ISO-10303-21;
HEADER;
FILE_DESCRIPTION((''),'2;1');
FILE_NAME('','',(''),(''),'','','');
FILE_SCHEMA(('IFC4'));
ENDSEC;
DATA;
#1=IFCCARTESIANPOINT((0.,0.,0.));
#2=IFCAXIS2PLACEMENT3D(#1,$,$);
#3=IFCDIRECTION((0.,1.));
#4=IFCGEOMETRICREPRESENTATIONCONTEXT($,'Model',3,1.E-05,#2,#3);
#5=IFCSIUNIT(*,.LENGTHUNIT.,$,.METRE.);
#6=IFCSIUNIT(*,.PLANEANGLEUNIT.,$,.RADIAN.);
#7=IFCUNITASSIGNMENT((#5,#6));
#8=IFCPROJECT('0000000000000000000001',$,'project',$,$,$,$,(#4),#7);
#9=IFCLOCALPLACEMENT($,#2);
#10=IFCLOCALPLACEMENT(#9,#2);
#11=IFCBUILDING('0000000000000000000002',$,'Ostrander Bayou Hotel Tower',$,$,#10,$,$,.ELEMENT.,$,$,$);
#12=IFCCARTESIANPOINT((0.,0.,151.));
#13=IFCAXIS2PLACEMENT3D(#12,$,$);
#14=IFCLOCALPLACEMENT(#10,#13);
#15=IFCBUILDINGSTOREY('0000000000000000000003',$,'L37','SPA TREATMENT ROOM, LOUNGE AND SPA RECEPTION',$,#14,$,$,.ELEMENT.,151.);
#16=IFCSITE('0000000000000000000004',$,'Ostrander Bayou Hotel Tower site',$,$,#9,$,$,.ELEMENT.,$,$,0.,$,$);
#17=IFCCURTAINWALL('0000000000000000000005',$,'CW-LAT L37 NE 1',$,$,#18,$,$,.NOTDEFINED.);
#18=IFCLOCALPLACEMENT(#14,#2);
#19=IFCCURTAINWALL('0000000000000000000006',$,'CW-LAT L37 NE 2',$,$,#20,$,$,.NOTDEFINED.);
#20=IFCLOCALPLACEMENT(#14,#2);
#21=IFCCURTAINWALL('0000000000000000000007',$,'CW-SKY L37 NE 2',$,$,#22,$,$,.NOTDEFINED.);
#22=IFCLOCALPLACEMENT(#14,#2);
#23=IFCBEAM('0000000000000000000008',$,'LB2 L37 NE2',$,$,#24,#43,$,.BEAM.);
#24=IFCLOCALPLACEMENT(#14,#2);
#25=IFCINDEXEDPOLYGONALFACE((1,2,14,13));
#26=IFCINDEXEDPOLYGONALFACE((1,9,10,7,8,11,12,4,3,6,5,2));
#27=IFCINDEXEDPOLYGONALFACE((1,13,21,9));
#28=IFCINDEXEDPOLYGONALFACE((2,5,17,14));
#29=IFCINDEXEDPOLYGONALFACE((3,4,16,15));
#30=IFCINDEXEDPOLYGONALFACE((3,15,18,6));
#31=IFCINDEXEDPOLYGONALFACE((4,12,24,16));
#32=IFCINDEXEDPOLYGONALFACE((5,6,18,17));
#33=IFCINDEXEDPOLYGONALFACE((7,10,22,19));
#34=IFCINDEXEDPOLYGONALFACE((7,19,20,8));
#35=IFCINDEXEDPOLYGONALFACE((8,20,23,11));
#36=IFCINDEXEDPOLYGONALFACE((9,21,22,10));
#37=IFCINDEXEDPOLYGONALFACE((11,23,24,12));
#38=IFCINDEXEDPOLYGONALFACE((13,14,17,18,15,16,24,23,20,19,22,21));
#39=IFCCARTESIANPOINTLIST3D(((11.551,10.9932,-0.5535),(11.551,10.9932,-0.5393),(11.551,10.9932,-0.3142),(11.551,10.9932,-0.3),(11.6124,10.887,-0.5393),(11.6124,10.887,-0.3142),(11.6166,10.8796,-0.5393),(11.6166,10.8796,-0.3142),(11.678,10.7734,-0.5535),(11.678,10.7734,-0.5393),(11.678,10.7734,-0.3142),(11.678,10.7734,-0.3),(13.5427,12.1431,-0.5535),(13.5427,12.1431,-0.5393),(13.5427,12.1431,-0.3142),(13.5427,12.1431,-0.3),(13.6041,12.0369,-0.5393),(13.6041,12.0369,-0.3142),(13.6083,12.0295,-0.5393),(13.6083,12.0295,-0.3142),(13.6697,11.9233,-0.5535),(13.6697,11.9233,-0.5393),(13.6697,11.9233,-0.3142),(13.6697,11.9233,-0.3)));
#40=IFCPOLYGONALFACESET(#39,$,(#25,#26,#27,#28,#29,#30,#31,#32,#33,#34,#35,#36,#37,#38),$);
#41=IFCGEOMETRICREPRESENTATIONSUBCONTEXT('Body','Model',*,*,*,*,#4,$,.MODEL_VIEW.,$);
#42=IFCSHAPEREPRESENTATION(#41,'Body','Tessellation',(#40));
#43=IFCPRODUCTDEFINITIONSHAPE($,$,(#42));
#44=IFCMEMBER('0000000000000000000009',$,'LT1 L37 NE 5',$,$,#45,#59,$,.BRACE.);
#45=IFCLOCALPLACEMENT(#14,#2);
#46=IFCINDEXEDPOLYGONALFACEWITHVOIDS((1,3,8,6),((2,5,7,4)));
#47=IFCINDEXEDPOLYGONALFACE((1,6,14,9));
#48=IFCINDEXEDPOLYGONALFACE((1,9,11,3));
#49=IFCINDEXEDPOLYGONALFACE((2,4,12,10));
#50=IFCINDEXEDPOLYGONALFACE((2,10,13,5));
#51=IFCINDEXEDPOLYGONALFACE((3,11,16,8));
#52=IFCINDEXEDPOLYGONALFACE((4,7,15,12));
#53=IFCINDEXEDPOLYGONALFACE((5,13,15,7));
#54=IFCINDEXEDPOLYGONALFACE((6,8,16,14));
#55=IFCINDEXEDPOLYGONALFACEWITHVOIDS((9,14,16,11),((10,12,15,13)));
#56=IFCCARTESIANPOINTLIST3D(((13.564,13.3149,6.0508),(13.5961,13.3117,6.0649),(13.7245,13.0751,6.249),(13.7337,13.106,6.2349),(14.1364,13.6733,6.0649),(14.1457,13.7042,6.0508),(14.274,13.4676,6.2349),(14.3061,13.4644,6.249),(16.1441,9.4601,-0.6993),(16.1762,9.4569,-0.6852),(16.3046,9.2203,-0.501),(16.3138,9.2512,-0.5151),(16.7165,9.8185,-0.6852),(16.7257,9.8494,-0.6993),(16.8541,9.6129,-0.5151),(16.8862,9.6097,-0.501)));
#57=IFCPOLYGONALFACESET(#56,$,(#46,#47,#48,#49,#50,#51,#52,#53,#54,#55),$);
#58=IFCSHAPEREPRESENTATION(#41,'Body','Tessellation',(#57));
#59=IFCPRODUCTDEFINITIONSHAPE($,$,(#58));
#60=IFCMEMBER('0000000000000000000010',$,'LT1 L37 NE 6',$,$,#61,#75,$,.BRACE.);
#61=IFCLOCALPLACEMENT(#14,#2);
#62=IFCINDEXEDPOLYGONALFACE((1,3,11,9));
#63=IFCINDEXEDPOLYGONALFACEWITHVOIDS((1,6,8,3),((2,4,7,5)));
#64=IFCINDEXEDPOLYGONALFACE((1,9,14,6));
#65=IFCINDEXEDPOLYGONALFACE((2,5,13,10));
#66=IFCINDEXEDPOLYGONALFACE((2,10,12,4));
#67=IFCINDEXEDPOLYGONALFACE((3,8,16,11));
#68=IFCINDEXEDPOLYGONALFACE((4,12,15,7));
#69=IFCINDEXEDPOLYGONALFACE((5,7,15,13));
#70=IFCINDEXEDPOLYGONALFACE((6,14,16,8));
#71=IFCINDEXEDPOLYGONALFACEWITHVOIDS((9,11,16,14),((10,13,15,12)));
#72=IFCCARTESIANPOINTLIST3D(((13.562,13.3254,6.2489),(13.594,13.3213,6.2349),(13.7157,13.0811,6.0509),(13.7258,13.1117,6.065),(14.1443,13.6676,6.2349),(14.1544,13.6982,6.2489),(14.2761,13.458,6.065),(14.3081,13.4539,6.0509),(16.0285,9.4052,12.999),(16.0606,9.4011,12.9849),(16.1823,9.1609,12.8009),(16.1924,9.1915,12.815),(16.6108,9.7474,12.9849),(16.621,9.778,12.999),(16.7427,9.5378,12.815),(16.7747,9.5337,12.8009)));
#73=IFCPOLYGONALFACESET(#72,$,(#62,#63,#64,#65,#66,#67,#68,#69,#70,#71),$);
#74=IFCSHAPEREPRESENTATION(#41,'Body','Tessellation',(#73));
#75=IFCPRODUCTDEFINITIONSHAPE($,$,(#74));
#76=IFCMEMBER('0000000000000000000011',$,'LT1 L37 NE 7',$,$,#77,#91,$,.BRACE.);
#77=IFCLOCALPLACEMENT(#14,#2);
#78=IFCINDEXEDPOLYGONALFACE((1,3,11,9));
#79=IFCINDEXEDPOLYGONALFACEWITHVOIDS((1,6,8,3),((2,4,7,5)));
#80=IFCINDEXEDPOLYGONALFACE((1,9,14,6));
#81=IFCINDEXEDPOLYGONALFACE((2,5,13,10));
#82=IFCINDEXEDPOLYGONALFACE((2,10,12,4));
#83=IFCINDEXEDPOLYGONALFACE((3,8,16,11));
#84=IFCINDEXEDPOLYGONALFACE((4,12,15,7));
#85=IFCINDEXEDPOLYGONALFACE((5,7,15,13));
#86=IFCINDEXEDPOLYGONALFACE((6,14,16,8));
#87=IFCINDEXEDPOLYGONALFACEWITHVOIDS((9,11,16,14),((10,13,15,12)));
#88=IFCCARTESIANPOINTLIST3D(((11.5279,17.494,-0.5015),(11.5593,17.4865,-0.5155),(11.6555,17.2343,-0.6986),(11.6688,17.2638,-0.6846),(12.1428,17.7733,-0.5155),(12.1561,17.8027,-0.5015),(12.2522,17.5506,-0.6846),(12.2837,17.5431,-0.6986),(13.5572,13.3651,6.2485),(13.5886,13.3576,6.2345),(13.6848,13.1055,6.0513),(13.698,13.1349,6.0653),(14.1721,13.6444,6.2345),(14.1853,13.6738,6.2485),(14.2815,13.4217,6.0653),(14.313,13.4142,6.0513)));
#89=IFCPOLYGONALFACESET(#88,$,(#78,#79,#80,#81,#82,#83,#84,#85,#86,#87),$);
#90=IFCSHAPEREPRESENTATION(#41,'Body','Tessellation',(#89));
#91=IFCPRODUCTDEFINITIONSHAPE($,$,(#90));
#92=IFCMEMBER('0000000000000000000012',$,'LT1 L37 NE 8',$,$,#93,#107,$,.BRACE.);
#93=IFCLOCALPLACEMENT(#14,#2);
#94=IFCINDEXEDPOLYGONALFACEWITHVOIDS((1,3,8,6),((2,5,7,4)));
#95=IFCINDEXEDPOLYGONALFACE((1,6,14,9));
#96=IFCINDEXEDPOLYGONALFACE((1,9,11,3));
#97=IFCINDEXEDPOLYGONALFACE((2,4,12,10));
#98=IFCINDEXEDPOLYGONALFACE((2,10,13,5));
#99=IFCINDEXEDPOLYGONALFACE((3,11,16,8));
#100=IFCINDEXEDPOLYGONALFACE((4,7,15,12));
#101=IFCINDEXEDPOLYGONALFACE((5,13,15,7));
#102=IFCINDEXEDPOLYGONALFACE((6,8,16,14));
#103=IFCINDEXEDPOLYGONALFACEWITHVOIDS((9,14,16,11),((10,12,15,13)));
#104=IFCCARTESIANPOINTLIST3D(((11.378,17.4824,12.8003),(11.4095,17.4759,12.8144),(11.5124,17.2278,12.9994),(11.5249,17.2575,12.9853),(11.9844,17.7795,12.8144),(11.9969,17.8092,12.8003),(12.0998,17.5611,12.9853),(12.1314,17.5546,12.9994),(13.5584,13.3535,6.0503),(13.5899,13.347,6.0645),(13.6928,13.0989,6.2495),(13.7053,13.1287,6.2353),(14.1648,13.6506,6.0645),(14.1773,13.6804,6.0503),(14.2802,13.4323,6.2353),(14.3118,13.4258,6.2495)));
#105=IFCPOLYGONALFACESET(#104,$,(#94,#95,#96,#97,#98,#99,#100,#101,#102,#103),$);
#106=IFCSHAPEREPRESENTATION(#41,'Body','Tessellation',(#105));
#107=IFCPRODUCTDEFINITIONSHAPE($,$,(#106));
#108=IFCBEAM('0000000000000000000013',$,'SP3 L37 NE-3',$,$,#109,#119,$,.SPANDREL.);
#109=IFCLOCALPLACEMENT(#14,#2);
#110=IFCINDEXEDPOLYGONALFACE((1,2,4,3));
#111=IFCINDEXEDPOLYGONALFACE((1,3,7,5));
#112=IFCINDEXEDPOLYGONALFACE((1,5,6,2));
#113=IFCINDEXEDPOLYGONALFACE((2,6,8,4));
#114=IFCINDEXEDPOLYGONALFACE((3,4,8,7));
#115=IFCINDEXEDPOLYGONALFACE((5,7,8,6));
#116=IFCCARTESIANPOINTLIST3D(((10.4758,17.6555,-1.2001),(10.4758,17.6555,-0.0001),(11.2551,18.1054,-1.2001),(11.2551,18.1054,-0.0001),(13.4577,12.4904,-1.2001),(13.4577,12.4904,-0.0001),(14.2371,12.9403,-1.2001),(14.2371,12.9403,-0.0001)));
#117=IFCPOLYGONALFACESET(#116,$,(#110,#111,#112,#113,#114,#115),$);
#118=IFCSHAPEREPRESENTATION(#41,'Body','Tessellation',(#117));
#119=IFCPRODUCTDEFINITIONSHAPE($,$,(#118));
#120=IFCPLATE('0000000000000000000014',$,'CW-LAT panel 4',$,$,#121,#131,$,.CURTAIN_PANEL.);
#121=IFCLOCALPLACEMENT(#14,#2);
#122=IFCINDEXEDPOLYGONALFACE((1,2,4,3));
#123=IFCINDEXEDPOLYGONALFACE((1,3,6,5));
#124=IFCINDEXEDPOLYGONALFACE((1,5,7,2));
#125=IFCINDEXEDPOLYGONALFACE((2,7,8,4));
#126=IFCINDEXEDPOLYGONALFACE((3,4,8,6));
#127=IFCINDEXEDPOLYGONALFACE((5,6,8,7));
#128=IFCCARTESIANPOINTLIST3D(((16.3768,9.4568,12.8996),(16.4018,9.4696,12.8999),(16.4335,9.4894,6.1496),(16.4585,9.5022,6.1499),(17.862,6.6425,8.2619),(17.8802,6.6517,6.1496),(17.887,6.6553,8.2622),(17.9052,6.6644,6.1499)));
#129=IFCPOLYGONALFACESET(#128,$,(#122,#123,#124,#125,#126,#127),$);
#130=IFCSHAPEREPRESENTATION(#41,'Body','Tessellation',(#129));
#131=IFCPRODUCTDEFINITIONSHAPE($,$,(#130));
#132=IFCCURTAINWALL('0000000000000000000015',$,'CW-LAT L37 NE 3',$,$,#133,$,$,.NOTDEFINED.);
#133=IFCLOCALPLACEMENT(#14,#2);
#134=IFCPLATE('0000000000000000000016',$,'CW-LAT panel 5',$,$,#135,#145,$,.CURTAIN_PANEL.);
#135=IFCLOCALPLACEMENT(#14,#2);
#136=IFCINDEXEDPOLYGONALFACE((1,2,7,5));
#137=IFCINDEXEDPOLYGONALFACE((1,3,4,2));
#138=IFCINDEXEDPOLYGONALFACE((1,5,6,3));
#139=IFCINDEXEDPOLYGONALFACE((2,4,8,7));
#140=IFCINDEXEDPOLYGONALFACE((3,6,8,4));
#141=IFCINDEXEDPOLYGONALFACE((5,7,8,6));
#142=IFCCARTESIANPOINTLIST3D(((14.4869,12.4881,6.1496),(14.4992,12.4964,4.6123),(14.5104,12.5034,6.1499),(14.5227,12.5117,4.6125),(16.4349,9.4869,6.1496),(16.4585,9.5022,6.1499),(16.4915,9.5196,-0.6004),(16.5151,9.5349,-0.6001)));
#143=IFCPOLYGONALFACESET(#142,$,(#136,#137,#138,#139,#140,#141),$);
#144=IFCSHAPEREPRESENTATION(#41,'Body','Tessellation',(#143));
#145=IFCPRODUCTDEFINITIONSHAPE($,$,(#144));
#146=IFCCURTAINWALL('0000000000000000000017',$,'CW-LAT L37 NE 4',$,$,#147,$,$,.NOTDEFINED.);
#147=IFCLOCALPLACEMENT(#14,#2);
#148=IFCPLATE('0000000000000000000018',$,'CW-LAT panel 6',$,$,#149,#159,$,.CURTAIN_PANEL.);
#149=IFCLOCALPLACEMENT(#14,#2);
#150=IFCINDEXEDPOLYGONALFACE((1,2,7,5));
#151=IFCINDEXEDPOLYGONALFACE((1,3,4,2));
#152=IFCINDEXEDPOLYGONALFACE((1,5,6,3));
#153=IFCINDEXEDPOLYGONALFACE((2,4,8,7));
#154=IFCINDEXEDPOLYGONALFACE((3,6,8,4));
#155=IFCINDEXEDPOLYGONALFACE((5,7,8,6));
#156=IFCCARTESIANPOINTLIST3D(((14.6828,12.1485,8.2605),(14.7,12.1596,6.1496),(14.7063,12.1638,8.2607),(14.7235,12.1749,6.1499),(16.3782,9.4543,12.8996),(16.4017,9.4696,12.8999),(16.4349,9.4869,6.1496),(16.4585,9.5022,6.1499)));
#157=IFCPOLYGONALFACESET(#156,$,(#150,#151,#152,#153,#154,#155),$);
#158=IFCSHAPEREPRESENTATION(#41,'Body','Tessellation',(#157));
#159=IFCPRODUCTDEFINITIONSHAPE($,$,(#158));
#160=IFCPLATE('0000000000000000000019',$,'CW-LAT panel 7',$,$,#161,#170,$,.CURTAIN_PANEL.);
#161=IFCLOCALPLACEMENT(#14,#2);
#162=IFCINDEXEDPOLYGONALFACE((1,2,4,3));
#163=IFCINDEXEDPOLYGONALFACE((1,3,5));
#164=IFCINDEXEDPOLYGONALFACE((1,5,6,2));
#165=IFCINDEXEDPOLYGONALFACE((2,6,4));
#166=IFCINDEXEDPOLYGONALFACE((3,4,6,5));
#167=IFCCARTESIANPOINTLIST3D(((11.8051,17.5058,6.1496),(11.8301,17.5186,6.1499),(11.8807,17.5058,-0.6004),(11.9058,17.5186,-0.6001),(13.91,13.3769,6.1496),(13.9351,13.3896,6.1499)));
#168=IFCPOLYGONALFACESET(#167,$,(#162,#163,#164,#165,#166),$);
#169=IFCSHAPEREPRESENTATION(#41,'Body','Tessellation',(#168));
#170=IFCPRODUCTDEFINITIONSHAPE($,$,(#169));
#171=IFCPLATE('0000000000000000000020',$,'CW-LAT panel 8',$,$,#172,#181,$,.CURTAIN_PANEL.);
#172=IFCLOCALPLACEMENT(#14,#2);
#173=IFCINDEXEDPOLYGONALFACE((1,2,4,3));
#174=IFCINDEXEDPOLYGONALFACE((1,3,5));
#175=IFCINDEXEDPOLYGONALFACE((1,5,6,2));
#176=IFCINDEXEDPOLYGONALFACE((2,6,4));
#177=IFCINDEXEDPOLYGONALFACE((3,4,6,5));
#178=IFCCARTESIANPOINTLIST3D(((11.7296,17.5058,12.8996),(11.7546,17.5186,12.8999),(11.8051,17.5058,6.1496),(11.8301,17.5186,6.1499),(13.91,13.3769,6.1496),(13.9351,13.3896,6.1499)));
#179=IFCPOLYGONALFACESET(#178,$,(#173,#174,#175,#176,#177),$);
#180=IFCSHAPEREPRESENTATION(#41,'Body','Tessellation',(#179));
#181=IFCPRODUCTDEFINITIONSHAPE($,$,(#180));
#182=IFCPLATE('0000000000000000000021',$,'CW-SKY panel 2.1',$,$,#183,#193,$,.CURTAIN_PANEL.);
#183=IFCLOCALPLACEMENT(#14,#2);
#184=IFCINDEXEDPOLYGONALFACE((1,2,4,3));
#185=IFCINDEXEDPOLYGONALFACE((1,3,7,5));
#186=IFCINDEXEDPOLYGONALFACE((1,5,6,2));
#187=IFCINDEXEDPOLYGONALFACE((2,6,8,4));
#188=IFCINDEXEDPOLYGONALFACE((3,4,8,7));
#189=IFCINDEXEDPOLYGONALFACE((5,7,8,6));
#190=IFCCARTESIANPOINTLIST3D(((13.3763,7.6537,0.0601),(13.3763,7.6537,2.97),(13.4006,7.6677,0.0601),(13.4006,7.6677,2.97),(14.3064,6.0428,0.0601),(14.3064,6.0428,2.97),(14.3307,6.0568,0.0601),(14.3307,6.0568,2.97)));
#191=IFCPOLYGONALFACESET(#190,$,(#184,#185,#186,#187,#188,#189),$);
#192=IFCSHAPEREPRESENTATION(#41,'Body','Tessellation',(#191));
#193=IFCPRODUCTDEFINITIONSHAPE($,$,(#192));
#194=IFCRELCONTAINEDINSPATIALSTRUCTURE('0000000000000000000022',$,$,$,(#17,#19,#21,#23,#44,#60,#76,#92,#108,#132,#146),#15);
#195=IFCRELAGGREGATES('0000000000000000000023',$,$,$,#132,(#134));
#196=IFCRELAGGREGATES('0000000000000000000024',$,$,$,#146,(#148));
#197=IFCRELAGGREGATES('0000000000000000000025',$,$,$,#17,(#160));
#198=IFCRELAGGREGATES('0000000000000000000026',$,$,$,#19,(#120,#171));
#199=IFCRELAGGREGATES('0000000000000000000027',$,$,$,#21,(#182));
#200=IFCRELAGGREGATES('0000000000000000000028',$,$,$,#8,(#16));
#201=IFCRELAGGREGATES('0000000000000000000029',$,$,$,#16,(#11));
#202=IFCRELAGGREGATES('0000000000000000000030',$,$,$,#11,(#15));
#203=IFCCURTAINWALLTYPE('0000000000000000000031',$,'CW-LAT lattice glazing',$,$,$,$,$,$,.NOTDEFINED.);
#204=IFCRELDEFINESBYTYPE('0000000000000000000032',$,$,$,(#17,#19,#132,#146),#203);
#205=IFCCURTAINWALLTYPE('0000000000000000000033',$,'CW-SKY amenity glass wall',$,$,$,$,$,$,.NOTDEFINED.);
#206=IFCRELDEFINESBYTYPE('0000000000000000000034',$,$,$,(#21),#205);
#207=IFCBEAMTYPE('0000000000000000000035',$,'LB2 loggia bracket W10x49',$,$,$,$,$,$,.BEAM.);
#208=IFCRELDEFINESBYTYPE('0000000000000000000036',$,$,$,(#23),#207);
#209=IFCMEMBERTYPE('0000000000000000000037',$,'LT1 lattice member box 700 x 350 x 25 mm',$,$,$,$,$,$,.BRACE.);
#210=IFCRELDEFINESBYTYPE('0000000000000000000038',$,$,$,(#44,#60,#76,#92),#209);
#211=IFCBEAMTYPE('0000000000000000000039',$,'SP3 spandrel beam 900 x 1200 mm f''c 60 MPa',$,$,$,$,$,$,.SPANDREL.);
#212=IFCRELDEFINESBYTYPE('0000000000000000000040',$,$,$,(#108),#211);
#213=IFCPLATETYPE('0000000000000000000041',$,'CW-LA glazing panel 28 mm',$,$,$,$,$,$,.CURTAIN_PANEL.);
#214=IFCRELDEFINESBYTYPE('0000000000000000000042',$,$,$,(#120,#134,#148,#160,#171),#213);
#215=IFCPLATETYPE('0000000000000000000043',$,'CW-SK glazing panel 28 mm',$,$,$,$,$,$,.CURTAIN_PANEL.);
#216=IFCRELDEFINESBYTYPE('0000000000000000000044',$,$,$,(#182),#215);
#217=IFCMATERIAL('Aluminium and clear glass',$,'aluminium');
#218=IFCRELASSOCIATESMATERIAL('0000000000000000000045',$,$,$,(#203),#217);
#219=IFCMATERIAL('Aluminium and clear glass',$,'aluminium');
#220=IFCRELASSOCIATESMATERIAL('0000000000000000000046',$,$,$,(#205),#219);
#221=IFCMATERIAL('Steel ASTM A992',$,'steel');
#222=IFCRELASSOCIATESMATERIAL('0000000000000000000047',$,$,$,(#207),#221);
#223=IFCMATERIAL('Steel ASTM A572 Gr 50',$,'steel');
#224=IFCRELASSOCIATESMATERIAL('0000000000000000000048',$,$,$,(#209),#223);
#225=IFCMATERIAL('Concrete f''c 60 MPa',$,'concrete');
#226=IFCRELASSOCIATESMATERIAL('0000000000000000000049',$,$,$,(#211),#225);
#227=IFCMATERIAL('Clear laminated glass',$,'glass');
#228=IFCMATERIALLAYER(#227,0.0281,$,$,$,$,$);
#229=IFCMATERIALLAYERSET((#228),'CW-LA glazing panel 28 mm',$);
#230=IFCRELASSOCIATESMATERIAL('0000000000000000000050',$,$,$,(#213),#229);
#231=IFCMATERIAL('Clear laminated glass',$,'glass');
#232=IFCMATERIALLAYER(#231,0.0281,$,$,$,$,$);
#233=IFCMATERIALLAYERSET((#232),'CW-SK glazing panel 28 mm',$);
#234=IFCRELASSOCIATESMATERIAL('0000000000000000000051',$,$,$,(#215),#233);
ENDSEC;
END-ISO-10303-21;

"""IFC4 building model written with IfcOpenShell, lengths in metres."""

from ifc_helpers import new_model, si_unit, direction, frame, origin, origin_2d, place, context, subcontext, project, spatial, polyline, rectangle, hollow_rectangle, i_section, outline, extrude, material, layer, layer_set, material_profile, profile_set, type_object, element, aggregate, save


model = new_model("IFC4")

# Units and contexts
model_context = context("Model", 3, precision=1e-05, world=origin(), true_north=direction((0.0, 1.0)))
body_context = subcontext(model_context, "Body", "Model", "MODEL_VIEW")
ifc_project = project(units=[si_unit("LENGTHUNIT", "METRE"), si_unit("PLANEANGLEUNIT", "RADIAN")], contexts=[model_context])

# Site, building, storey
site_placement = place(None, origin())
site = spatial("IfcSite", under=ifc_project, at=site_placement, Name="Ostrander Bayou Hotel Tower site", CompositionType="ELEMENT", RefElevation=0.0)
building_placement = place(site_placement, origin())
building = spatial("IfcBuilding", under=site, at=building_placement, Name="Ostrander Bayou Hotel Tower", CompositionType="ELEMENT")
storey_placement = place(building_placement, frame((0.0, 0.0, 151.0)))
storey = spatial("IfcBuildingStorey", under=building, at=storey_placement, Name="L37", Description="SPA TREATMENT ROOM, LOUNGE AND SPA RECEPTION", CompositionType="ELEMENT", Elevation=151.0)

# Curtain walls
ifc_material_1 = material(Name="Aluminium and clear glass", Category="aluminium")
curtain_wall_type_1 = type_object("IfcCurtainWallType", Name="CW-LAT lattice glazing", PredefinedType="NOTDEFINED", material=ifc_material_1)
curtain_wall_1_placement = place(storey_placement, origin())
curtain_wall_1 = element("IfcCurtainWall", 1, at=curtain_wall_1_placement, inside=storey, type_object=curtain_wall_type_1, Name="CW-LAT L37 NE 1", PredefinedType="NOTDEFINED")
curtain_wall_2_placement = place(storey_placement, origin())
curtain_wall_2 = element("IfcCurtainWall", 2, at=curtain_wall_2_placement, inside=storey, type_object=curtain_wall_type_1, Name="CW-LAT L37 NE 2", PredefinedType="NOTDEFINED")

# Curtain wall
ifc_material_2 = material(Name="Aluminium and clear glass", Category="aluminium")
curtain_wall_type_2 = type_object("IfcCurtainWallType", Name="CW-SKY amenity glass wall", PredefinedType="NOTDEFINED", material=ifc_material_2)
curtain_wall_3_placement = place(storey_placement, origin())
curtain_wall_3 = element("IfcCurtainWall", 3, at=curtain_wall_3_placement, inside=storey, type_object=curtain_wall_type_2, Name="CW-SKY L37 NE 2", PredefinedType="NOTDEFINED")

# Beam
ifc_material_3 = material(Name="Steel ASTM A992", Category="steel")
ifc_material_profile_1 = material_profile(ifc_material_3, i_section(OverallWidth=0.2539, OverallDepth=0.2534, WebThickness=0.0085, FlangeThickness=0.0142, at=origin_2d()))
ifc_profile_set_1 = profile_set([ifc_material_profile_1], Name="Steel ASTM A992")
beam_type_1 = type_object("IfcBeamType", Name="LB2 loggia bracket W10x49", PredefinedType="BEAM", material=ifc_profile_set_1)
beam_1_placement = place(storey_placement, frame((13.6062, 12.0332, -0.4268), z_axis=(-0.866026, -0.499998, 0.0), x_axis=(0.499998, -0.866026, 0.0)))
element("IfcBeam", 4, at=beam_1_placement, inside=storey, type_object=beam_type_1, Name="LB2 L37 NE2", PredefinedType="BEAM", context=body_context, shape_type="SweptSolid", body=[
    extrude(i_section(OverallWidth=0.2539, OverallDepth=0.2534, WebThickness=0.0085, FlangeThickness=0.0142, at=origin_2d()), origin(), (0.0, 0.0, 1.0), 2.2998),
])

# Members
ifc_material_4 = material(Name="Steel ASTM A572 Gr 50", Category="steel")
ifc_material_profile_2 = material_profile(ifc_material_4, hollow_rectangle(XDim=0.7, YDim=0.3501, WallThickness=0.0249, at=origin_2d()))
ifc_profile_set_2 = profile_set([ifc_material_profile_2], Name="Steel ASTM A572 Gr 50")
member_type_1 = type_object("IfcMemberType", Name="LT1 lattice member box 700 x 350 x 25 mm", PredefinedType="BRACE", material=ifc_profile_set_2)
member_1_placement = place(storey_placement, frame((13.9351, 13.3896, 6.1499), z_axis=(0.315023, -0.470656, -0.824162), x_axis=(0.831029, 0.55623, 0.0)))
element("IfcMember", 5, at=member_1_placement, inside=storey, type_object=member_type_1, Name="LT1 L37 NE 5", PredefinedType="BRACE", context=body_context, shape_type="SweptSolid", body=[
    extrude(hollow_rectangle(XDim=0.7, YDim=0.3501, WallThickness=0.0249, at=origin_2d()), origin(), (0.0, 0.0, 1.0), 8.1902),
])
member_2_placement = place(storey_placement, frame((13.9351, 13.3896, 6.1499), z_axis=(0.301306, -0.478874, 0.824557), x_axis=(0.846398, 0.53255, 0.0)))
element("IfcMember", 6, at=member_2_placement, inside=storey, type_object=member_type_1, Name="LT1 L37 NE 6", PredefinedType="BRACE", context=body_context, shape_type="SweptSolid", body=[
    extrude(hollow_rectangle(XDim=0.7, YDim=0.3501, WallThickness=0.0249, at=origin_2d()), origin(), (0.0, 0.0, 1.0), 8.1863),
])
member_3_placement = place(storey_placement, frame((13.9351, 13.3896, 6.1499), z_axis=(-0.248422, 0.505452, -0.82632), x_axis=(-0.897463, -0.44109, 0.0)))
element("IfcMember", 7, at=member_3_placement, inside=storey, type_object=member_type_1, Name="LT1 L37 NE 7", PredefinedType="BRACE", context=body_context, shape_type="SweptSolid", body=[
    extrude(hollow_rectangle(XDim=0.7, YDim=0.3501, WallThickness=0.0249, at=origin_2d()), origin(), (0.0, 0.0, 1.0), 8.1687),
])
member_4_placement = place(storey_placement, frame((13.9351, 13.3896, 6.1499), z_axis=(-0.265659, 0.503059, 0.822409), x_axis=(-0.884272, -0.466972, 0.0)))
element("IfcMember", 8, at=member_4_placement, inside=storey, type_object=member_type_1, Name="LT1 L37 NE 8", PredefinedType="BRACE", context=body_context, shape_type="SweptSolid", body=[
    extrude(hollow_rectangle(XDim=0.7, YDim=0.3501, WallThickness=0.0249, at=origin_2d()), origin(), (0.0, 0.0, 1.0), 8.2075),
])

# Beam
ifc_material_5 = material(Name="Concrete f'c 60 MPa", Category="concrete")
ifc_material_profile_3 = material_profile(ifc_material_5, rectangle(XDim=0.8999, YDim=1.2, at=origin_2d()))
ifc_profile_set_3 = profile_set([ifc_material_profile_3], Name="Concrete f'c 60 MPa")
beam_type_2 = type_object("IfcBeamType", Name="SP3 spandrel beam 900 x 1200 mm f'c 60 MPa", PredefinedType="SPANDREL", material=ifc_profile_set_3)
beam_2_placement = place(storey_placement, frame((13.8474, 12.7153, -0.6001), z_axis=(-0.499987, 0.866033, 0.0), x_axis=(-0.866033, -0.499987, 0.0)))
element("IfcBeam", 9, at=beam_2_placement, inside=storey, type_object=beam_type_2, Name="SP3 L37 NE-3", PredefinedType="SPANDREL", context=body_context, shape_type="SweptSolid", body=[
    extrude(rectangle(XDim=0.8999, YDim=1.2, at=origin_2d()), origin(), (0.0, 0.0, 1.0), 5.9641),
])

# Plate
ifc_material_6 = material(Name="Clear laminated glass", Category="glass")
ifc_layer_1 = layer(ifc_material_6, 0.0281)
ifc_layer_set_1 = layer_set([ifc_layer_1], Name="CW-LA glazing panel 28 mm")
plate_type_1 = type_object("IfcPlateType", Name="CW-LA glazing panel 28 mm", PredefinedType="CURTAIN_PANEL", material=ifc_layer_set_1)
plate_1_placement = place(storey_placement, frame((17.887, 6.6553, 8.2622), z_axis=(0.890861, 0.454174, 0.009674), x_axis=(-0.264052, 0.500373, 0.824563)))
plate_1 = element("IfcPlate", 10, at=plate_1_placement, type_object=plate_type_1, Name="CW-LAT panel 4", PredefinedType="CURTAIN_PANEL", context=body_context, shape_type="SweptSolid", body=[
    extrude(outline(polyline([(0.0, 0.0), (5.6244, 0.0), (0.06, -3.8215), (-1.742, -1.1949), (0.0, 0.0)])), origin(), (0.0, 0.0, -1.0), 0.0281),
])

# Curtain walls, plates
curtain_wall_4_placement = place(storey_placement, origin())
curtain_wall_4 = element("IfcCurtainWall", 11, at=curtain_wall_4_placement, inside=storey, type_object=curtain_wall_type_1, Name="CW-LAT L37 NE 3", PredefinedType="NOTDEFINED")
plate_2_placement = place(storey_placement, frame((14.5227, 12.5117, 4.6125), z_axis=(0.838747, 0.544436, 0.009662), x_axis=(0.315007, -0.470666, -0.824163)))
plate_2 = element("IfcPlate", 12, at=plate_2_placement, type_object=plate_type_1, Name="CW-LAT panel 5", PredefinedType="CURTAIN_PANEL", context=body_context, shape_type="SweptSolid", body=[
    extrude(outline(polyline([(0.0, 0.0), (6.3248, 0.0), (0.7592, -3.8199), (-1.267, -0.8709), (0.0, 0.0)])), origin(), (0.0, 0.0, -1.0), 0.0281),
])
aggregate(curtain_wall_4, [plate_2])
curtain_wall_5_placement = place(storey_placement, origin())
curtain_wall_5 = element("IfcCurtainWall", 13, at=curtain_wall_5_placement, inside=storey, type_object=curtain_wall_type_1, Name="CW-LAT L37 NE 4", PredefinedType="NOTDEFINED")
plate_3_placement = place(storey_placement, frame((14.7063, 12.1638, 8.2607), z_axis=(0.838726, 0.544467, 0.009687), x_axis=(0.301339, -0.478869, 0.824548)))
plate_3 = element("IfcPlate", 14, at=plate_3_placement, type_object=plate_type_1, Name="CW-LAT panel 6", PredefinedType="CURTAIN_PANEL", context=body_context, shape_type="SweptSolid", body=[
    extrude(outline(polyline([(0.0, 0.0), (5.6263, 0.0), (0.0621, 3.8218), (-1.7406, 1.1943), (0.0, 0.0)])), origin(), (0.0, 0.0, -1.0), 0.0281),
])
aggregate(curtain_wall_5, [plate_3])

# Plates
plate_4_placement = place(storey_placement, frame((13.9351, 13.3896, 6.1499), z_axis=(0.890858, 0.454173, 0.009989), x_axis=(-0.248422, 0.505452, -0.82632)))
plate_4 = element("IfcPlate", 15, at=plate_4_placement, type_object=plate_type_1, Name="CW-LAT panel 7", PredefinedType="CURTAIN_PANEL", context=body_context, shape_type="SweptSolid", body=[
    extrude(outline(polyline([(0.0, 0.0), (8.1687, 0.0), (2.6099, 3.8298), (0.0, 0.0)])), origin(), (0.0, 0.0, -1.0), 0.0281),
])
aggregate(curtain_wall_1, [plate_4])
plate_5_placement = place(storey_placement, frame((13.9351, 13.3896, 6.1499), z_axis=(0.890858, 0.454173, 0.009956), x_axis=(-0.265659, 0.503059, 0.822409)))
plate_5 = element("IfcPlate", 16, at=plate_5_placement, type_object=plate_type_1, Name="CW-LAT panel 8", PredefinedType="CURTAIN_PANEL", context=body_context, shape_type="SweptSolid", body=[
    extrude(outline(polyline([(0.0, 0.0), (8.2076, 0.0), (2.6363, -3.8117), (0.0, 0.0)])), origin(), (0.0, 0.0, -1.0), 0.0281),
])
aggregate(curtain_wall_2, [plate_1, plate_5])
ifc_material_7 = material(Name="Clear laminated glass", Category="glass")
ifc_layer_2 = layer(ifc_material_7, 0.0281)
ifc_layer_set_2 = layer_set([ifc_layer_2], Name="CW-SK glazing panel 28 mm")
plate_type_2 = type_object("IfcPlateType", Name="CW-SK glazing panel 28 mm", PredefinedType="CURTAIN_PANEL", material=ifc_layer_set_2)
plate_6_placement = place(storey_placement, frame((13.8535, 6.8552, 0.0601), z_axis=(0.0, 0.0, 1.0), x_axis=(-0.5, 0.866025, 0.0)))
plate_6 = element("IfcPlate", 17, at=plate_6_placement, type_object=plate_type_2, Name="CW-SKY panel 2.1", PredefinedType="CURTAIN_PANEL", context=body_context, shape_type="SweptSolid", body=[
    extrude(rectangle(XDim=1.8601, YDim=0.0281, at=origin_2d()), origin(), (0.0, 0.0, 1.0), 2.9099),
])
aggregate(curtain_wall_3, [plate_6])

save(model, "model.ifc")
